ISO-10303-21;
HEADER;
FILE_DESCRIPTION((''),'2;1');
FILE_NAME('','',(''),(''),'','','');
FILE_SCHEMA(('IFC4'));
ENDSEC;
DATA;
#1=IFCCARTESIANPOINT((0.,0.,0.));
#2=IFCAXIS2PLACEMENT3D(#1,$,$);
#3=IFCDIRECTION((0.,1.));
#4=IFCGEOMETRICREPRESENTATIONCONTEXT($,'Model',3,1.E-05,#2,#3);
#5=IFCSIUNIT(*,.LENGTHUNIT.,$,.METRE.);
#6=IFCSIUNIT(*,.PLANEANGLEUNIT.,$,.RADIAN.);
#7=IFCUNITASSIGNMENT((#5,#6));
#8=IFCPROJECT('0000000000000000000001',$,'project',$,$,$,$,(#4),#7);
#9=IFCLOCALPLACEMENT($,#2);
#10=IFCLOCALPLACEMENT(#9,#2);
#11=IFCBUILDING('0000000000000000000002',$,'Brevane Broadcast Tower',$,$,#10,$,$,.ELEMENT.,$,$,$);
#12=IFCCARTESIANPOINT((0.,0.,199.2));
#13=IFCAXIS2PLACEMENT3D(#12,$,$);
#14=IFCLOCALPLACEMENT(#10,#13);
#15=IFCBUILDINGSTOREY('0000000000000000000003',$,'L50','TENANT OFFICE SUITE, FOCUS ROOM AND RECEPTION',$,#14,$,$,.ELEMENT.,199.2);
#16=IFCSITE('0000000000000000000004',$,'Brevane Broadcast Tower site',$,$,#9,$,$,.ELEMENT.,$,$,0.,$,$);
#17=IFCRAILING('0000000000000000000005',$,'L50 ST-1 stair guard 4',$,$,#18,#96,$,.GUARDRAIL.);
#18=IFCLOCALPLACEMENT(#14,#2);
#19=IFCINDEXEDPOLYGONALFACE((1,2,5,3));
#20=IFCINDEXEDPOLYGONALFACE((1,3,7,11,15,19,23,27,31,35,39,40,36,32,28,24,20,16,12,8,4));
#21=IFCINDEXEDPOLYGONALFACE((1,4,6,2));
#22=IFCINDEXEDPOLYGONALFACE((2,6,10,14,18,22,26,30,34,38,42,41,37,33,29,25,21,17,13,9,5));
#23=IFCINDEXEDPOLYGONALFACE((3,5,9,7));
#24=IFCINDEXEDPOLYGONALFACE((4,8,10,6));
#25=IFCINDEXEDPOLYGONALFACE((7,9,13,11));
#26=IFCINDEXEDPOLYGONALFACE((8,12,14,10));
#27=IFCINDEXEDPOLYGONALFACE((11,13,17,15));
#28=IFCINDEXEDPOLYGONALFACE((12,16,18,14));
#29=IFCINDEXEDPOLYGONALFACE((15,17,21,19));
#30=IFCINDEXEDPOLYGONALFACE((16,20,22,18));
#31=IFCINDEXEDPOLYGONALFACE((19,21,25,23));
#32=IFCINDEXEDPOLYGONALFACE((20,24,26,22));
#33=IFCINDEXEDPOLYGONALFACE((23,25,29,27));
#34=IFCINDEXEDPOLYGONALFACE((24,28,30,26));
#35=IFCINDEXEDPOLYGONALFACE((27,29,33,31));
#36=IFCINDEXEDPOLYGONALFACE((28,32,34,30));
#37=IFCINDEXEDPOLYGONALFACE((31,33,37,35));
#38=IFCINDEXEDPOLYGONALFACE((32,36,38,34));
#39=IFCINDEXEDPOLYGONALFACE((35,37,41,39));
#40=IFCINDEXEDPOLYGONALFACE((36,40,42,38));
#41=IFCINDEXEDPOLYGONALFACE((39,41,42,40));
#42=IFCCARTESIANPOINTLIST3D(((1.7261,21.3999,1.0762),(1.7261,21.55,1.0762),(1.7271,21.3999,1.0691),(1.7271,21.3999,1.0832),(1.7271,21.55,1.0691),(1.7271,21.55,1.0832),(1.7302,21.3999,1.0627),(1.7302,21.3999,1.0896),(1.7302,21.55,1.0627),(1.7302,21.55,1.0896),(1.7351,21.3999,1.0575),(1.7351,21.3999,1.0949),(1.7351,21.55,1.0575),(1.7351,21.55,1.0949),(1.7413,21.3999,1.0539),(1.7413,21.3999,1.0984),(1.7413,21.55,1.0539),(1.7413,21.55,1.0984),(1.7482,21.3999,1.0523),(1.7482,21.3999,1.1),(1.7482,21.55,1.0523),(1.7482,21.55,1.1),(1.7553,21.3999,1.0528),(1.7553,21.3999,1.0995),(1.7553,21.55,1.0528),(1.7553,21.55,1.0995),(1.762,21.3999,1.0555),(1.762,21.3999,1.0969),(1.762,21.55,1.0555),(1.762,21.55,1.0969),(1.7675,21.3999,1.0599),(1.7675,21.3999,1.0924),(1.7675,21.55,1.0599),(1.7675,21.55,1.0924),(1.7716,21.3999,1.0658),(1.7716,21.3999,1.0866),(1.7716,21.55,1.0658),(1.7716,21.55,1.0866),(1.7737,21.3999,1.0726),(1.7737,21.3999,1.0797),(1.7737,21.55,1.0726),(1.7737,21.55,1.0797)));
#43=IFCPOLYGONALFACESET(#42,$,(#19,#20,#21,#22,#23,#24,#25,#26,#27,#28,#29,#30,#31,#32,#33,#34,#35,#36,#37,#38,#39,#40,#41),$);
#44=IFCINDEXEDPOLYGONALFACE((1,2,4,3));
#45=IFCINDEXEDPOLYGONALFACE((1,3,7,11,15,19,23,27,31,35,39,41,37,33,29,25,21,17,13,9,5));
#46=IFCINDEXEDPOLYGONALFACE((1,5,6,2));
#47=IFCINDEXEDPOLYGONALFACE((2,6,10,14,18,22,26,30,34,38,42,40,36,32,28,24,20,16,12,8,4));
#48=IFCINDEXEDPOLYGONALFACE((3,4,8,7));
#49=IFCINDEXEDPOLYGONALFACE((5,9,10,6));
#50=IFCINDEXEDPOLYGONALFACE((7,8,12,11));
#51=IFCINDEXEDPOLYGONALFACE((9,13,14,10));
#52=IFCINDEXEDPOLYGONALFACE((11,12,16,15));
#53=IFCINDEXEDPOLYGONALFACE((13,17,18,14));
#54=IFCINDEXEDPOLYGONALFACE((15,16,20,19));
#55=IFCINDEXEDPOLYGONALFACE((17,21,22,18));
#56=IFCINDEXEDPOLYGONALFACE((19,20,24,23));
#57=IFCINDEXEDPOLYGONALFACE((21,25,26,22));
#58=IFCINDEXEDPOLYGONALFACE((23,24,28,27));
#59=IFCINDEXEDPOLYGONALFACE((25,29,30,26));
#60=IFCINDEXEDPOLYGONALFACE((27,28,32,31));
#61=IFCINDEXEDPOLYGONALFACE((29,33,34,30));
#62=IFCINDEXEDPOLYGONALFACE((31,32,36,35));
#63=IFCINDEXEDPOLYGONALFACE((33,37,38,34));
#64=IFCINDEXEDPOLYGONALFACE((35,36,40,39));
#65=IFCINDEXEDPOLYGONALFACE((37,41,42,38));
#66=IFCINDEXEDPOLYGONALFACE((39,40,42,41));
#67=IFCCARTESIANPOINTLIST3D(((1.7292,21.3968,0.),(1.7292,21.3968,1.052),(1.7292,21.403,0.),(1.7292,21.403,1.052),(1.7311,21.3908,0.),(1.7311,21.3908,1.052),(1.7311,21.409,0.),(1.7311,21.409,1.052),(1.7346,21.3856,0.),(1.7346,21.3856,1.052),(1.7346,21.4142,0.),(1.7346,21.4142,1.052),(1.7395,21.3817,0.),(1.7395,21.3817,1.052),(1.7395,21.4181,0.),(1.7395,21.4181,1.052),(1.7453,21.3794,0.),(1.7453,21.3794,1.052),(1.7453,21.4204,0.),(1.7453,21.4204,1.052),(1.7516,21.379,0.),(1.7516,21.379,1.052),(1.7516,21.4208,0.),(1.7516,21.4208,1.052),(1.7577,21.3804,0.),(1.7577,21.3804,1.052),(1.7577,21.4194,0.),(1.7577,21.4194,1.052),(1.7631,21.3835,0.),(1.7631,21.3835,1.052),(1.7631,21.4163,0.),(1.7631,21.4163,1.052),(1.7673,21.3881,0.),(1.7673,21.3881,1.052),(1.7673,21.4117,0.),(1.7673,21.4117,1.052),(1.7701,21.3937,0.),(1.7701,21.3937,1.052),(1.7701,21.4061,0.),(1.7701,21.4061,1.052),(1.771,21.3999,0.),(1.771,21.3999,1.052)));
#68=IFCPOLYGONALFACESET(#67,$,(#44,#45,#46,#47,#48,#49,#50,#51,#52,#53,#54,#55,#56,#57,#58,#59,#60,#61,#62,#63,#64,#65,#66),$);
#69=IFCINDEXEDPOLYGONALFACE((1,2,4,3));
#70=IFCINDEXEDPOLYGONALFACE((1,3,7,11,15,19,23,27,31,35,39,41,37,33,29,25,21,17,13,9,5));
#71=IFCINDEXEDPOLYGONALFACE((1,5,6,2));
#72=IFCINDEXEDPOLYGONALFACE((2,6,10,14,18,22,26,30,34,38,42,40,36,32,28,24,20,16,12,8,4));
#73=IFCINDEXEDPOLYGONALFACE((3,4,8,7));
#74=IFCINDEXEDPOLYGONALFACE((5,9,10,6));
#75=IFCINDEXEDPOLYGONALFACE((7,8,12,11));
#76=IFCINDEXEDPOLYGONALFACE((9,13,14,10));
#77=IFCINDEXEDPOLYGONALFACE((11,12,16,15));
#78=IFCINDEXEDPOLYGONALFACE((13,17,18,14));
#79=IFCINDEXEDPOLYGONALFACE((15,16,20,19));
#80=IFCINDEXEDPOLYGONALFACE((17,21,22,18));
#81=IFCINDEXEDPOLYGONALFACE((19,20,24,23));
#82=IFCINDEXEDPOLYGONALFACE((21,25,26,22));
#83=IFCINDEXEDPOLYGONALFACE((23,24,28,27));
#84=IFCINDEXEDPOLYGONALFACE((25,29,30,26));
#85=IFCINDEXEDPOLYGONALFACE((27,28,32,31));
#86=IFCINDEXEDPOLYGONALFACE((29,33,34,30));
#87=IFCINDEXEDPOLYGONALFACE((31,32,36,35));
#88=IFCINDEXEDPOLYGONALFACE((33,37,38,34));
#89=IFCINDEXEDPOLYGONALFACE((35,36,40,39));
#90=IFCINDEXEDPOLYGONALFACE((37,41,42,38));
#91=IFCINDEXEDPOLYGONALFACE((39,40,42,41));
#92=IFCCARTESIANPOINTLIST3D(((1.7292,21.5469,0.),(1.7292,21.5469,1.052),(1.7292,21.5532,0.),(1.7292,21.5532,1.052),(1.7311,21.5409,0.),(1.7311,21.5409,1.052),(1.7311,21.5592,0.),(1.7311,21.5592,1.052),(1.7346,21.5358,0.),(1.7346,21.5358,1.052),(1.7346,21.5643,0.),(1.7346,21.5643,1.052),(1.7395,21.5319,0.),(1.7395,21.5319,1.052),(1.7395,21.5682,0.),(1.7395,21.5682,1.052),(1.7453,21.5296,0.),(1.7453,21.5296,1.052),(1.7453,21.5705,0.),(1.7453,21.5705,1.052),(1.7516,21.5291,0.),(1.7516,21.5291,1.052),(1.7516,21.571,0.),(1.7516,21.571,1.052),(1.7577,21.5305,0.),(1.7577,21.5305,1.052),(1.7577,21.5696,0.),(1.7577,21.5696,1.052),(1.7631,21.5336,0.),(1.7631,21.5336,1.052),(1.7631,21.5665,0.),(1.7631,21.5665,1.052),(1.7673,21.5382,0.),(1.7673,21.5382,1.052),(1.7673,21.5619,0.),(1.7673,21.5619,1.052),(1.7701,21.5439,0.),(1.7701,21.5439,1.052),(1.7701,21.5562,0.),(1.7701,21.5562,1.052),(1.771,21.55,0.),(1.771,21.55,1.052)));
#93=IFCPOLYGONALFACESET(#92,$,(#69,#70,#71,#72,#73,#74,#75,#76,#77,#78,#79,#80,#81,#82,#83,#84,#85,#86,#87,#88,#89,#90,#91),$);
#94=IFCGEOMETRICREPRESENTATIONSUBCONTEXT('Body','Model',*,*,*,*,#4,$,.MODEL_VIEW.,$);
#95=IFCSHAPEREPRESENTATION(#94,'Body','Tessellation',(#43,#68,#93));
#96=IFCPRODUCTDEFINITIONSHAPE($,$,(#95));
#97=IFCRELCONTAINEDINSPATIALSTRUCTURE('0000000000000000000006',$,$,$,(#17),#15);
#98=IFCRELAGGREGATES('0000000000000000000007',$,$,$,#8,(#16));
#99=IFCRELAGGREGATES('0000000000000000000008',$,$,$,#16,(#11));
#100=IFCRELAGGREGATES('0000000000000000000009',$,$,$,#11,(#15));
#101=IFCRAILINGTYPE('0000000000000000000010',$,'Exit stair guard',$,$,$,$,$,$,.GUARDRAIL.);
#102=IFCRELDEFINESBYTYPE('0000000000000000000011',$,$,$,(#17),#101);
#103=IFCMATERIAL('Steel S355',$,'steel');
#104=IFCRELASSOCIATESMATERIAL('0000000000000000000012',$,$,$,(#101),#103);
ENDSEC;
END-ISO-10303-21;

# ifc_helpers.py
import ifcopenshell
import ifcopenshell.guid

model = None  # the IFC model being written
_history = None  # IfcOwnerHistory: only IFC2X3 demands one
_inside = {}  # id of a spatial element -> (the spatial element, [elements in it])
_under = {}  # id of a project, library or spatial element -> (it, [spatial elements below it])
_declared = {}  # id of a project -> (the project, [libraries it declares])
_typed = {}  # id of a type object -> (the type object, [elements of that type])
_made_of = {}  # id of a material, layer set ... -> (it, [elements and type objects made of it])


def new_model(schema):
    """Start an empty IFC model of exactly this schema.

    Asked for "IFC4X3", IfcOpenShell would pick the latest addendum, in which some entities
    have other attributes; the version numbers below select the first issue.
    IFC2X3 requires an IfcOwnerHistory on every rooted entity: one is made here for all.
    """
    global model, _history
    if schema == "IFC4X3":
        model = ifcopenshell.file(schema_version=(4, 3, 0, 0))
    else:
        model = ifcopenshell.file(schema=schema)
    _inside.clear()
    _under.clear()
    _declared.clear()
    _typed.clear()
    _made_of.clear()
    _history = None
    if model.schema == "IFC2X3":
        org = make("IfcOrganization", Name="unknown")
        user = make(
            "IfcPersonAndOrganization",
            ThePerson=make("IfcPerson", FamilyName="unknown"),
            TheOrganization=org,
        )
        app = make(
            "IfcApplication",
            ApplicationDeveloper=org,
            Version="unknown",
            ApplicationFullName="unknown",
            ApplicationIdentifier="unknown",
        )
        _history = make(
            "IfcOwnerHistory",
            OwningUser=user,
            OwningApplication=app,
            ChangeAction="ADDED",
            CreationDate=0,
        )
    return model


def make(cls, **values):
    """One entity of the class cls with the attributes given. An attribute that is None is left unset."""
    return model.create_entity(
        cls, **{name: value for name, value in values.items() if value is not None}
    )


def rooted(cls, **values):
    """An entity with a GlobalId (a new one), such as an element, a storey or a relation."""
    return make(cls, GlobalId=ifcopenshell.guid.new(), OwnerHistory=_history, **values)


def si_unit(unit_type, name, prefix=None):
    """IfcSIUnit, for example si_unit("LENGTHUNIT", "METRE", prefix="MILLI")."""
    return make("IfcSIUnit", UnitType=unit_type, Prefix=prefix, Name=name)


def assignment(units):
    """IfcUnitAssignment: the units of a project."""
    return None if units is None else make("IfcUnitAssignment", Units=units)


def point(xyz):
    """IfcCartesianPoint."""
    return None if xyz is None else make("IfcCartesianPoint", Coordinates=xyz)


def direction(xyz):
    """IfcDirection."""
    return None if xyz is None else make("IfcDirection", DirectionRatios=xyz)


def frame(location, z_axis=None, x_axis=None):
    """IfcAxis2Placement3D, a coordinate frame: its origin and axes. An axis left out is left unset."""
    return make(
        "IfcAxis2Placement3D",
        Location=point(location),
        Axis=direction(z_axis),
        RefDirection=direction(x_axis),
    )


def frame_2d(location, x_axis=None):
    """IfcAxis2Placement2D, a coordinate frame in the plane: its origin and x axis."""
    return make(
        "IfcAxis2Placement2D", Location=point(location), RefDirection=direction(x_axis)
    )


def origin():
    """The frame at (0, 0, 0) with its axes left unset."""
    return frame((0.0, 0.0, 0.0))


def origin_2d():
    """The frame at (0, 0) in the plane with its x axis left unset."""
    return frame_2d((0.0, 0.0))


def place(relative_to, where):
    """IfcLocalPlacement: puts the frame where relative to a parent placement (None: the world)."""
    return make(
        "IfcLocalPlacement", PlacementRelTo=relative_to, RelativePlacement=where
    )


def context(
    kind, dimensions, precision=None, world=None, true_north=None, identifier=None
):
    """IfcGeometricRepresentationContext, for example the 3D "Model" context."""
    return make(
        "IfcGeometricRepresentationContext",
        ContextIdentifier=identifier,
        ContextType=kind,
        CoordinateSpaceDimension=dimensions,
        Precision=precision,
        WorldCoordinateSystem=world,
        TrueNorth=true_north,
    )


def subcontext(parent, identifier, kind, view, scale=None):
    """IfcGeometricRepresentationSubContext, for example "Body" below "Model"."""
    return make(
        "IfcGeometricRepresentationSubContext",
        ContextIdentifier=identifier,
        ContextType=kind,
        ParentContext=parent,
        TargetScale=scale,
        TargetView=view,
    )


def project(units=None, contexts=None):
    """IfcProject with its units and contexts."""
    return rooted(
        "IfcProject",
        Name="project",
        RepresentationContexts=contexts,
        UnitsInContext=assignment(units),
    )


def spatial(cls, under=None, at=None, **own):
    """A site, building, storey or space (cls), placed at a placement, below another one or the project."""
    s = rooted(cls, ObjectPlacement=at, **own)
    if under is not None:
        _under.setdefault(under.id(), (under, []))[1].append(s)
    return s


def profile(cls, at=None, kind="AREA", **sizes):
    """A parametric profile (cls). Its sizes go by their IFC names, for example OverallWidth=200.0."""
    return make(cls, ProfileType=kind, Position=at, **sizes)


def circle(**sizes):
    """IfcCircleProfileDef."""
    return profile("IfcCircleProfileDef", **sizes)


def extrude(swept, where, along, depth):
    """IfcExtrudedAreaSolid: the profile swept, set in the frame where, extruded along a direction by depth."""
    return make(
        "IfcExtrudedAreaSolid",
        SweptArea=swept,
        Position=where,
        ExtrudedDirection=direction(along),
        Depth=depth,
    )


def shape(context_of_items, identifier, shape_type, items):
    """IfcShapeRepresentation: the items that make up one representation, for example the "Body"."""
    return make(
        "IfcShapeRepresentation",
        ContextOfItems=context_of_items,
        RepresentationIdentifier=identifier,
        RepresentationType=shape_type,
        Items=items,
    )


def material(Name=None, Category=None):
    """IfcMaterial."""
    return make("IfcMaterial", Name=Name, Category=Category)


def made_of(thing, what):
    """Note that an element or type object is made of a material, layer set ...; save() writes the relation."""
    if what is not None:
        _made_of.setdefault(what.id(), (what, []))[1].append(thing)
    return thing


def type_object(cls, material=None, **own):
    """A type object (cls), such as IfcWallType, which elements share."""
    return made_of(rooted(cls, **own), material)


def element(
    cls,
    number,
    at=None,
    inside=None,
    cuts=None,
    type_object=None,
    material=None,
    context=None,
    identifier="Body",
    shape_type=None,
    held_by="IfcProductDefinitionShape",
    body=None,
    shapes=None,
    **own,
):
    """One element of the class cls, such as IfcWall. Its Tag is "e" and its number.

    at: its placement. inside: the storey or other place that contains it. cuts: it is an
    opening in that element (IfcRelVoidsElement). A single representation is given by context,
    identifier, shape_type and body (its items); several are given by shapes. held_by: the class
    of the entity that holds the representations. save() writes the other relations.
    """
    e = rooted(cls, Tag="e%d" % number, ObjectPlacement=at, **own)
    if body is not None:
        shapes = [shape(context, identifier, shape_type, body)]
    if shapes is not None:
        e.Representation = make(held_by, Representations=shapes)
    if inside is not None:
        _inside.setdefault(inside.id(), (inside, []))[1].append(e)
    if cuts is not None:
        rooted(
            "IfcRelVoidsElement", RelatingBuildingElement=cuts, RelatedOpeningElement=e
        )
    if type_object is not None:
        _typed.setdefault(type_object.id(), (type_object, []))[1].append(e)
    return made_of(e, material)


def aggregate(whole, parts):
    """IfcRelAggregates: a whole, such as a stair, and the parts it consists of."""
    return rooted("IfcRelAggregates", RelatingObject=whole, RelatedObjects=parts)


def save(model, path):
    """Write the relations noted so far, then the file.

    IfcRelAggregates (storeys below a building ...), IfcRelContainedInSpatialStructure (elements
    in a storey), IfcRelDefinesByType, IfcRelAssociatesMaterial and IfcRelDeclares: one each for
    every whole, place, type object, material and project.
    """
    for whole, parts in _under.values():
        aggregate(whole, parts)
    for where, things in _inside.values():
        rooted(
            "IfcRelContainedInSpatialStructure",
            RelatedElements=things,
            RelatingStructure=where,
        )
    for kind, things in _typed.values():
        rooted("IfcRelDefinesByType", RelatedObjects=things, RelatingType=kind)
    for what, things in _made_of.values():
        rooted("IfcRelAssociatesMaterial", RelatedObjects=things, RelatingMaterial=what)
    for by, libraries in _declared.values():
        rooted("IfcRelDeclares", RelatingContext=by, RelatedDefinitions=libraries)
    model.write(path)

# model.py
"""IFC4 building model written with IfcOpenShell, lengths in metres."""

from ifc_helpers import new_model, si_unit, direction, frame, origin, origin_2d, place, context, subcontext, project, spatial, circle, extrude, material, type_object, element, save


model = new_model("IFC4")

# Units and contexts
model_context = context("Model", 3, precision=1e-05, world=origin(), true_north=direction((0.0, 1.0)))
body_context = subcontext(model_context, "Body", "Model", "MODEL_VIEW")
ifc_project = project(units=[si_unit("LENGTHUNIT", "METRE"), si_unit("PLANEANGLEUNIT", "RADIAN")], contexts=[model_context])

# Site, building, storey
site_placement = place(None, origin())
site = spatial("IfcSite", under=ifc_project, at=site_placement, Name="Brevane Broadcast Tower site", CompositionType="ELEMENT", RefElevation=0.0)
building_placement = place(site_placement, origin())
building = spatial("IfcBuilding", under=site, at=building_placement, Name="Brevane Broadcast Tower", CompositionType="ELEMENT")
storey_placement = place(building_placement, frame((0.0, 0.0, 199.2)))
storey = spatial("IfcBuildingStorey", under=building, at=storey_placement, Name="L50", Description="TENANT OFFICE SUITE, FOCUS ROOM AND RECEPTION", CompositionType="ELEMENT", Elevation=199.2)

# Railing
ifc_material_1 = material(Name="Steel S355", Category="steel")
railing_type_1 = type_object("IfcRailingType", Name="Exit stair guard", PredefinedType="GUARDRAIL", material=ifc_material_1)
railing_1_placement = place(storey_placement, frame((1.75, 21.3999, 0.0)))
element("IfcRailing", 1, at=railing_1_placement, inside=storey, type_object=railing_type_1, Name="L50 ST-1 stair guard 4", PredefinedType="GUARDRAIL", context=body_context, shape_type="SweptSolid", body=[
    extrude(circle(Radius=0.0239, at=origin_2d()), frame((0.0, 0.0, 1.0762), z_axis=(0.0, 1.0, 0.0), x_axis=(-1.0, 0.0, 0.0)), (0.0, 0.0, 1.0), 0.1501),
    extrude(circle(Radius=0.021, at=origin_2d()), origin(), (0.0, 0.0, 1.0), 1.052),
    extrude(circle(Radius=0.021, at=origin_2d()), frame((0.0, 0.1501, 0.0)), (0.0, 0.0, 1.0), 1.052),
])

save(model, "model.ifc")
